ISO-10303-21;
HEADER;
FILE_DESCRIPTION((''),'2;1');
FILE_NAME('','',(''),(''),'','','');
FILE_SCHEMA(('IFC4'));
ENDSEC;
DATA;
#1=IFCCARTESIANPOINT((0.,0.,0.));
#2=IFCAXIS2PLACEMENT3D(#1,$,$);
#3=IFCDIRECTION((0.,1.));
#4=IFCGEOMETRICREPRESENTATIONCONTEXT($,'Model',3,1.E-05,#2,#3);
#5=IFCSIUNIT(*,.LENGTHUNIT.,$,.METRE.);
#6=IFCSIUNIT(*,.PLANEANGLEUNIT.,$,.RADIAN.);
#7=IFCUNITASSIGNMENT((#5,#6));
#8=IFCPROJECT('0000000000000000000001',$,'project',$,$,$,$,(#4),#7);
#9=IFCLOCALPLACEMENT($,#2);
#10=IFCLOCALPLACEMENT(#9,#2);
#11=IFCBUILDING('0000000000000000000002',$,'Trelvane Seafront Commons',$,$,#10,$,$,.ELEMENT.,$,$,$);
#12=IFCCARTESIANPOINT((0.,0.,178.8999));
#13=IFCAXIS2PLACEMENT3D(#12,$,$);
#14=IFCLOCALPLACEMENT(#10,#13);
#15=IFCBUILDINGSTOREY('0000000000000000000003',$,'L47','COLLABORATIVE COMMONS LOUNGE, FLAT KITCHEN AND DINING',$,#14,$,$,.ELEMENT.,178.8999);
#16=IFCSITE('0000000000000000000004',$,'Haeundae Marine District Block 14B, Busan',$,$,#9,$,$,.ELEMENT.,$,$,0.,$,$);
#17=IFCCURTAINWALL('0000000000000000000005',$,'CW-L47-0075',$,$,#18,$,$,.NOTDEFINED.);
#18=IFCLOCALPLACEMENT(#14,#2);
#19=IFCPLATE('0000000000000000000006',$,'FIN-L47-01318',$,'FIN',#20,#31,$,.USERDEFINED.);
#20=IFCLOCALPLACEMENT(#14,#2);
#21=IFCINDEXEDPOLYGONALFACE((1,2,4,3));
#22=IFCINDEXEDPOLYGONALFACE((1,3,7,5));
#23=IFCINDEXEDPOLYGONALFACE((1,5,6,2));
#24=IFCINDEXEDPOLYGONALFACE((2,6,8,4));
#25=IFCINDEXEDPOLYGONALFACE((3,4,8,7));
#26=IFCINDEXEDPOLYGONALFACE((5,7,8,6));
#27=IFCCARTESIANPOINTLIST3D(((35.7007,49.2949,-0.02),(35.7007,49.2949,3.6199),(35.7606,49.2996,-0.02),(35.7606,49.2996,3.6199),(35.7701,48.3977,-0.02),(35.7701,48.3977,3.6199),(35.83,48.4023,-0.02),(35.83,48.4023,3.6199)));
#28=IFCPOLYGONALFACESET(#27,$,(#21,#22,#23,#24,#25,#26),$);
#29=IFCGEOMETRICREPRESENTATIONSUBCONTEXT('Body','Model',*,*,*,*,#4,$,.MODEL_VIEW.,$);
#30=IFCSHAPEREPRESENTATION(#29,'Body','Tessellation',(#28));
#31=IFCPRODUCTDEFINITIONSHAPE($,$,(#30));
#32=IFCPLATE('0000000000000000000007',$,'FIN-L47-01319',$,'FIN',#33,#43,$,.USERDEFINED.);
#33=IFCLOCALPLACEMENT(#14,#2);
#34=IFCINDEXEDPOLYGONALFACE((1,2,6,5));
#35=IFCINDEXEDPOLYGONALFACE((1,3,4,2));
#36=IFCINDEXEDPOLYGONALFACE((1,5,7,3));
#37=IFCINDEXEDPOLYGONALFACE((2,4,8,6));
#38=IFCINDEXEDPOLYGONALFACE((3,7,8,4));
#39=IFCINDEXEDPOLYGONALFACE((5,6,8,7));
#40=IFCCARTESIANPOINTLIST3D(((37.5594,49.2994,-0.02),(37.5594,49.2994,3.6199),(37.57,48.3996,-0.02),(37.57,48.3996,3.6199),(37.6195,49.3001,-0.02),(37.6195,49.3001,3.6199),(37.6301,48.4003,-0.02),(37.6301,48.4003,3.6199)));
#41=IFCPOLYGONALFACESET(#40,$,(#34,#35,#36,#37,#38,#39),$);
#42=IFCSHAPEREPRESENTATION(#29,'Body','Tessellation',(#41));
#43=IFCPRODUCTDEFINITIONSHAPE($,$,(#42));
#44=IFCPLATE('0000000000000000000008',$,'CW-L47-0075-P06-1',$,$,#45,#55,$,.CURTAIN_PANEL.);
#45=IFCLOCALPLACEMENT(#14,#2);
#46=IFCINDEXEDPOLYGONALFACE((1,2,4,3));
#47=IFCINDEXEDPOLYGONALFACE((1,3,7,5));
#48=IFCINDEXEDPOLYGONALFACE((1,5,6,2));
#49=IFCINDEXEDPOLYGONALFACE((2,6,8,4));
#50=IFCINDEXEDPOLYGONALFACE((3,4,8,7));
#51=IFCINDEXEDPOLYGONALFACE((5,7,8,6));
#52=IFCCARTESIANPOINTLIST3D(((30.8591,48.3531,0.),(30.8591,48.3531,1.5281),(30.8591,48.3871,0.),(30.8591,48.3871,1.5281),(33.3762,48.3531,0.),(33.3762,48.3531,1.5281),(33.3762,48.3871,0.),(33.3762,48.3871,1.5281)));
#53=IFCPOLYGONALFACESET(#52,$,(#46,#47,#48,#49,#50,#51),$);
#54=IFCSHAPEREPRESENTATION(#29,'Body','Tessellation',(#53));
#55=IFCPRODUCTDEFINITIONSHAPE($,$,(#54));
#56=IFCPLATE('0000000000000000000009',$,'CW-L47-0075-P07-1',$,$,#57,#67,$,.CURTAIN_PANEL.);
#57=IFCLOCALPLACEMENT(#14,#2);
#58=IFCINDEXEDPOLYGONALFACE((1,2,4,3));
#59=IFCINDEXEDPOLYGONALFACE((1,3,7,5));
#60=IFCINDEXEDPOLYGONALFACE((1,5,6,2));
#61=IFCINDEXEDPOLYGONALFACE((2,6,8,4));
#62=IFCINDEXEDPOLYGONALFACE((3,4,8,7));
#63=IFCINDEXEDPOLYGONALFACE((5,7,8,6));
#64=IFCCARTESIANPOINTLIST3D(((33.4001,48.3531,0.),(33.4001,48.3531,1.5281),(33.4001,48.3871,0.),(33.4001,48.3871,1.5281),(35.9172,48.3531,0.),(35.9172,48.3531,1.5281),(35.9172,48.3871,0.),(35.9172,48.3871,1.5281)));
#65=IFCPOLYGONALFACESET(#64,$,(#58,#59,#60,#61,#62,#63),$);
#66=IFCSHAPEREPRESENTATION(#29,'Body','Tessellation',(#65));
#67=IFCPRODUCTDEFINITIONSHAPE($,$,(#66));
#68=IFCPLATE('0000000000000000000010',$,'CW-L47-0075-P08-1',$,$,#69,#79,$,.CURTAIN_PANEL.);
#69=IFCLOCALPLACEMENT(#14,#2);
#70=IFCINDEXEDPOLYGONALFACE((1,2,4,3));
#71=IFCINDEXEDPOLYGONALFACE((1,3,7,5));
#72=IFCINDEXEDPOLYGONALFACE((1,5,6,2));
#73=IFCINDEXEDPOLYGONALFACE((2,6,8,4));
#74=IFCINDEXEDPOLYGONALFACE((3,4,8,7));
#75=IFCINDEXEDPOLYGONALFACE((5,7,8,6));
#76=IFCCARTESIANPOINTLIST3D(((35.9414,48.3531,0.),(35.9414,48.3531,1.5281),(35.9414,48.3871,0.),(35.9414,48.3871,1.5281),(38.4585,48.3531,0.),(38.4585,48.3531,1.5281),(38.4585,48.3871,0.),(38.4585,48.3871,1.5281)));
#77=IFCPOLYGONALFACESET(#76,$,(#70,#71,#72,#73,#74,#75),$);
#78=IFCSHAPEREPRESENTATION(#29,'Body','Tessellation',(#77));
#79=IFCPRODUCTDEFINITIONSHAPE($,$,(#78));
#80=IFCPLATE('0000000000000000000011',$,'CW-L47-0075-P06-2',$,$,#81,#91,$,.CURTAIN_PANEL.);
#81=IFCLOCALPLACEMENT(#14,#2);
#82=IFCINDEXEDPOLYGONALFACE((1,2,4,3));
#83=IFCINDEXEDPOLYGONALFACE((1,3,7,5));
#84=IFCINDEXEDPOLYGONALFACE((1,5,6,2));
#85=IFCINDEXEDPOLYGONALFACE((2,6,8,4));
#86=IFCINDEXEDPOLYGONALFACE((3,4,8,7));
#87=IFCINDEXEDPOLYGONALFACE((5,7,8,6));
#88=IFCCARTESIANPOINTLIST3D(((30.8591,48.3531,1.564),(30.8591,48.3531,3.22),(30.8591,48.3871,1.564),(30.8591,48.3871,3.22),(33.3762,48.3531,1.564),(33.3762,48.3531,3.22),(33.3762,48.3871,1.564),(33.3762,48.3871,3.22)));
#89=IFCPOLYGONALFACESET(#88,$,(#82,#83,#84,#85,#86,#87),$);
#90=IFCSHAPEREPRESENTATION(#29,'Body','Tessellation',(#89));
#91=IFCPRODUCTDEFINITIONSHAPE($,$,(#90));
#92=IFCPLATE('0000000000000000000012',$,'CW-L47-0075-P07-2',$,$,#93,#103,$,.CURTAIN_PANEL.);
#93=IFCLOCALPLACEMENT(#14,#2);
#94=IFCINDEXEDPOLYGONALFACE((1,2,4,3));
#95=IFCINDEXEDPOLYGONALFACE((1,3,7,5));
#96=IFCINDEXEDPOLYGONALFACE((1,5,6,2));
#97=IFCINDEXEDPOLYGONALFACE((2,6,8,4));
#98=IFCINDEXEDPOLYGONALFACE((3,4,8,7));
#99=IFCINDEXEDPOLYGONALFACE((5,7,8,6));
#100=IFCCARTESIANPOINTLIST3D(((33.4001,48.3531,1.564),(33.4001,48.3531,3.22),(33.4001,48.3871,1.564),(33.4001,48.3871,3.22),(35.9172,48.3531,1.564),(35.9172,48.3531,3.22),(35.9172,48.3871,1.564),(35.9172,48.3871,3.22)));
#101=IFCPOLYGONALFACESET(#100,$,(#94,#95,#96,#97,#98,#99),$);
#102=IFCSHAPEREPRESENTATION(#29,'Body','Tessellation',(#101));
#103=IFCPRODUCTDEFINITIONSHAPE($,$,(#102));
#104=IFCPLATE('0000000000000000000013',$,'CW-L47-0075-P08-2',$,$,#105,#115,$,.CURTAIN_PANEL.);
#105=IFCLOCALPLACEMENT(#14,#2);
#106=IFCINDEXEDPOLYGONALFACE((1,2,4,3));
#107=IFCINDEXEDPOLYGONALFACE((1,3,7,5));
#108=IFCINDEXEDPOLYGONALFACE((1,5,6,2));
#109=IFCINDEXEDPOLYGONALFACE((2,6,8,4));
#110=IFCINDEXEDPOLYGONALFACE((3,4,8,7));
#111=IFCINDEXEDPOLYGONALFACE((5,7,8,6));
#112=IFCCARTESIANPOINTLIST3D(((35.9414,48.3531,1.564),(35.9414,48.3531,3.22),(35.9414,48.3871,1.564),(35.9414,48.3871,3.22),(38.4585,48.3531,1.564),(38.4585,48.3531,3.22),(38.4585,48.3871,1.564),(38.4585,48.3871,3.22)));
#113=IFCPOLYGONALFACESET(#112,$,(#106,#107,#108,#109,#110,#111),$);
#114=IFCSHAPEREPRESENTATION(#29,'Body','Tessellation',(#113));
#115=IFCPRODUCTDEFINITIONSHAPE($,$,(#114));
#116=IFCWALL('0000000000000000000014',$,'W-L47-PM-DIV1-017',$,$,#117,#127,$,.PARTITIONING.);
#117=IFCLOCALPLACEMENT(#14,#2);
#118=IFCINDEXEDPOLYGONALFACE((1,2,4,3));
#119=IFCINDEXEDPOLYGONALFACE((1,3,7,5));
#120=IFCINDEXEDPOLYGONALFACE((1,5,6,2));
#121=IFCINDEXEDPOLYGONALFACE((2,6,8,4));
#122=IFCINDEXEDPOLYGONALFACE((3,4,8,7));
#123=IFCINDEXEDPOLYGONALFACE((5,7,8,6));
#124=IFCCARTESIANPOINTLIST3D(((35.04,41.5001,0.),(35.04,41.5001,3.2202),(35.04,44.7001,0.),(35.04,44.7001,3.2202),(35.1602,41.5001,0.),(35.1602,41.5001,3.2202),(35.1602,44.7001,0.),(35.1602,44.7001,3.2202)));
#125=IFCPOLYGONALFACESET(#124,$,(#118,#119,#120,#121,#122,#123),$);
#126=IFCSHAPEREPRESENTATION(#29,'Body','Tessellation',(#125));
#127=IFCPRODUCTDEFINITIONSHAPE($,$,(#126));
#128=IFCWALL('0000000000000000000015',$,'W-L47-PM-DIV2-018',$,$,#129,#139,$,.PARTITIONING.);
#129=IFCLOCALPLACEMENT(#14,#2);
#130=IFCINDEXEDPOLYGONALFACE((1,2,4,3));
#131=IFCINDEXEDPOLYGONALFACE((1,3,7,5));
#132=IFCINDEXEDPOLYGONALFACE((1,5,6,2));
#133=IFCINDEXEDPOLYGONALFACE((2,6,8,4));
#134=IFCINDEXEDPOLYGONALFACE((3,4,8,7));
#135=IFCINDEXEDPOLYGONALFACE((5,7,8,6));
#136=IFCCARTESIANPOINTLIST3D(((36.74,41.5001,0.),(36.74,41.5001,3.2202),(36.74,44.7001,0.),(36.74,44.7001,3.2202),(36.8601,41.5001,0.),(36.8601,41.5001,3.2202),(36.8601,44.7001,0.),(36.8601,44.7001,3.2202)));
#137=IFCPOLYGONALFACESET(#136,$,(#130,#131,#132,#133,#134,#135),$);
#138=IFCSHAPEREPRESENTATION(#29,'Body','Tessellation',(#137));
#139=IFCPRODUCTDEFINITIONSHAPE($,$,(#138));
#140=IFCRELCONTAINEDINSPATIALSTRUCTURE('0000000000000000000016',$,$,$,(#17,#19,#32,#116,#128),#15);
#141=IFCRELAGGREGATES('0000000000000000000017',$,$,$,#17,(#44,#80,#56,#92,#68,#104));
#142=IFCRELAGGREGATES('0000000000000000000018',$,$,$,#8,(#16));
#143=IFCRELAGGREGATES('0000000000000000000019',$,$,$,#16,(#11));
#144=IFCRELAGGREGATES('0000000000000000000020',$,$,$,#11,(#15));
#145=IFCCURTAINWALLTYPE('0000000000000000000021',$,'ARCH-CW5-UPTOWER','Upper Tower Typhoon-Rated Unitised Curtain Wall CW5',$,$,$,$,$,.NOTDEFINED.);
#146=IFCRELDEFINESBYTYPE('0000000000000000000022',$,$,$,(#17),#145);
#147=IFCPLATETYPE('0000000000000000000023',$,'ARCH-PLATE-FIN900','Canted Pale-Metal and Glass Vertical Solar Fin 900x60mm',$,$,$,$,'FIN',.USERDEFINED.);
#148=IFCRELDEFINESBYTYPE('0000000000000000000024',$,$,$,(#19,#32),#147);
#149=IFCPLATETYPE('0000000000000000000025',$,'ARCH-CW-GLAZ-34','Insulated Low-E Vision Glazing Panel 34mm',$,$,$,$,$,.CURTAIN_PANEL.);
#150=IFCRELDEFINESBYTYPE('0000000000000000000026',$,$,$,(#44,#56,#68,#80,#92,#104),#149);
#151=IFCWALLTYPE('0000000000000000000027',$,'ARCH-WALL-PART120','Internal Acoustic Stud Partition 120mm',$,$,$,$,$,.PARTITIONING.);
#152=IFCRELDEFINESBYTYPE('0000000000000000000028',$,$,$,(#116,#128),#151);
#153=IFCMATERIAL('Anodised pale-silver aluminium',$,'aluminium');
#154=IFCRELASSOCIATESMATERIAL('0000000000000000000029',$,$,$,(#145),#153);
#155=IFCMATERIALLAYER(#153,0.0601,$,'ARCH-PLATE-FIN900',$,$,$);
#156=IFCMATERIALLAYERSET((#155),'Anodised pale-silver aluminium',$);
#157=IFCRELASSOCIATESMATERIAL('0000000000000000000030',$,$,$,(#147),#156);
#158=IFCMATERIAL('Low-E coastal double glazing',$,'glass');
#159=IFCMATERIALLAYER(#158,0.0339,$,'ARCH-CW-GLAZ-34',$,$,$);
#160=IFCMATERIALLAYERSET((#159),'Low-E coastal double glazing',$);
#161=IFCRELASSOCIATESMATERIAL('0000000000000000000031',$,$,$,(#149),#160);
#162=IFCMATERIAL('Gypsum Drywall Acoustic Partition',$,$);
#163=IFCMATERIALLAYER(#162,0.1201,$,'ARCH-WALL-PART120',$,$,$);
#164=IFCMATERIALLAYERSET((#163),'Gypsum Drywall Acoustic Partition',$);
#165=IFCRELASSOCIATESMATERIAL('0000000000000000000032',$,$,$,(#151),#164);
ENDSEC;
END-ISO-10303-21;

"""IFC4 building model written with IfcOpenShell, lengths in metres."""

from ifc_helpers import new_model, si_unit, direction, frame, frame_2d, origin, origin_2d, place, context, subcontext, project, spatial, rectangle, extrude, source, transform, mapped, material, layer, layer_set, type_object, element, aggregate, save


model = new_model("IFC4")

# Units and contexts
model_context = context("Model", 3, precision=1e-05, world=origin(), true_north=direction((0.0, 1.0)))
body_context = subcontext(model_context, "Body", "Model", "MODEL_VIEW")
ifc_project = project(units=[si_unit("LENGTHUNIT", "METRE"), si_unit("PLANEANGLEUNIT", "RADIAN")], contexts=[model_context])

# Site, building, storey
site_placement = place(None, origin())
site = spatial("IfcSite", under=ifc_project, at=site_placement, Name="Haeundae Marine District Block 14B, Busan", CompositionType="ELEMENT", RefElevation=0.0)
building_placement = place(site_placement, origin())
building = spatial("IfcBuilding", under=site, at=building_placement, Name="Trelvane Seafront Commons", CompositionType="ELEMENT")
storey_placement = place(building_placement, frame((0.0, 0.0, 178.8999)))
storey = spatial("IfcBuildingStorey", under=building, at=storey_placement, Name="L47", Description="COLLABORATIVE COMMONS LOUNGE, FLAT KITCHEN AND DINING", CompositionType="ELEMENT", Elevation=178.8999)

# Curtain wall
ifc_material_1 = material(Name="Anodised pale-silver aluminium", Category="aluminium")
curtain_wall_type = type_object("IfcCurtainWallType", Name="ARCH-CW5-UPTOWER", Description="Upper Tower Typhoon-Rated Unitised Curtain Wall CW5", PredefinedType="NOTDEFINED", material=ifc_material_1)
curtain_wall_placement = place(storey_placement, origin())
curtain_wall = element("IfcCurtainWall", 1, at=curtain_wall_placement, inside=storey, type_object=curtain_wall_type, Name="CW-L47-0075", PredefinedType="NOTDEFINED")

# Plates
ifc_layer_1 = layer(ifc_material_1, 0.0601, Name="ARCH-PLATE-FIN900")
ifc_layer_set_1 = layer_set([ifc_layer_1], Name="Anodised pale-silver aluminium")
plate_type_1 = type_object("IfcPlateType", Name="ARCH-PLATE-FIN900", Description="Canted Pale-Metal and Glass Vertical Solar Fin 900x60mm", ElementType="FIN", PredefinedType="USERDEFINED", material=ifc_layer_set_1)
shared_shape_1 = source(origin(), body_context, "Body", "SweptSolid", [
    extrude(rectangle(XDim=0.8999, YDim=0.0601, at=origin_2d()), origin(), (0.0, 0.0, 1.0), 3.6399),
])
for number, where, z_axis, x_axis, name in (
    (2, (35.7654, 48.8486, -0.02), (0.0, 0.0, 1.0), (-0.077112, 0.997022, 0.0), "FIN-L47-01318"),
    (3, (37.5947, 48.8499, -0.02), (0.0, 0.0, 1.0), (-0.011779, 0.999931, 0.0), "FIN-L47-01319"),
):
    element("IfcPlate", number, at=place(storey_placement, frame(where, z_axis=z_axis, x_axis=x_axis)), inside=storey, type_object=plate_type_1, Name=name, ObjectType="FIN", PredefinedType="USERDEFINED", context=body_context, shape_type="MappedRepresentation", body=[
        mapped(shared_shape_1, transform((0.0, 0.0, 0.0), x_axis=(1.0, 0.0, 0.0), y_axis=(0.0, 1.0, 0.0), z_axis=(0.0, 0.0, 1.0), scale=1.0)),
    ])

# Plates
ifc_material_2 = material(Name="Low-E coastal double glazing", Category="glass")
ifc_layer_2 = layer(ifc_material_2, 0.0339, Name="ARCH-CW-GLAZ-34")
ifc_layer_set_2 = layer_set([ifc_layer_2], Name="Low-E coastal double glazing")
plate_type_2 = type_object("IfcPlateType", Name="ARCH-CW-GLAZ-34", Description="Insulated Low-E Vision Glazing Panel 34mm", PredefinedType="CURTAIN_PANEL", material=ifc_layer_set_2)
shared_shape_2 = source(origin(), body_context, "Body", "SweptSolid", [
    extrude(rectangle(XDim=2.5171, YDim=0.0339, at=origin_2d()), origin(), (0.0, 0.0, 1.0), 1.5281),
])
plate_1_placement = place(storey_placement, frame((32.1177, 48.3701, 0.0), z_axis=(0.0, 0.0, 1.0), x_axis=(1.0, 0.0, 0.0)))
plate_1 = element("IfcPlate", 4, at=plate_1_placement, type_object=plate_type_2, Name="CW-L47-0075-P06-1", PredefinedType="CURTAIN_PANEL", context=body_context, shape_type="MappedRepresentation", body=[
    mapped(shared_shape_2, transform((0.0, 0.0, 0.0), x_axis=(1.0, 0.0, 0.0), y_axis=(0.0, 1.0, 0.0), z_axis=(0.0, 0.0, 1.0), scale=1.0)),
])
plate_2_placement = place(storey_placement, frame((34.6587, 48.3701, 0.0), z_axis=(0.0, 0.0, 1.0), x_axis=(1.0, 0.0, 0.0)))
plate_2 = element("IfcPlate", 5, at=plate_2_placement, type_object=plate_type_2, Name="CW-L47-0075-P07-1", PredefinedType="CURTAIN_PANEL", context=body_context, shape_type="MappedRepresentation", body=[
    mapped(shared_shape_2, transform((0.0, 0.0, 0.0), x_axis=(1.0, 0.0, 0.0), y_axis=(0.0, 1.0, 0.0), z_axis=(0.0, 0.0, 1.0), scale=1.0)),
])
plate_3_placement = place(storey_placement, frame((37.2, 48.3701, 0.0), z_axis=(0.0, 0.0, 1.0), x_axis=(1.0, 0.0, 0.0)))
plate_3 = element("IfcPlate", 6, at=plate_3_placement, type_object=plate_type_2, Name="CW-L47-0075-P08-1", PredefinedType="CURTAIN_PANEL", context=body_context, shape_type="MappedRepresentation", body=[
    mapped(shared_shape_2, transform((0.0, 0.0, 0.0), x_axis=(1.0, 0.0, 0.0), y_axis=(0.0, 1.0, 0.0), z_axis=(0.0, 0.0, 1.0), scale=1.0)),
])
shared_shape_3 = source(origin(), body_context, "Body", "SweptSolid", [
    extrude(rectangle(XDim=2.5171, YDim=0.0339, at=origin_2d()), origin(), (0.0, 0.0, 1.0), 1.656),
])
plate_4_placement = place(storey_placement, frame((32.1177, 48.3701, 1.564), z_axis=(0.0, 0.0, 1.0), x_axis=(1.0, 0.0, 0.0)))
plate_4 = element("IfcPlate", 7, at=plate_4_placement, type_object=plate_type_2, Name="CW-L47-0075-P06-2", PredefinedType="CURTAIN_PANEL", context=body_context, shape_type="MappedRepresentation", body=[
    mapped(shared_shape_3, transform((0.0, 0.0, 0.0), x_axis=(1.0, 0.0, 0.0), y_axis=(0.0, 1.0, 0.0), z_axis=(0.0, 0.0, 1.0), scale=1.0)),
])
plate_5_placement = place(storey_placement, frame((34.6587, 48.3701, 1.564), z_axis=(0.0, 0.0, 1.0), x_axis=(1.0, 0.0, 0.0)))
plate_5 = element("IfcPlate", 8, at=plate_5_placement, type_object=plate_type_2, Name="CW-L47-0075-P07-2", PredefinedType="CURTAIN_PANEL", context=body_context, shape_type="MappedRepresentation", body=[
    mapped(shared_shape_3, transform((0.0, 0.0, 0.0), x_axis=(1.0, 0.0, 0.0), y_axis=(0.0, 1.0, 0.0), z_axis=(0.0, 0.0, 1.0), scale=1.0)),
])
plate_6_placement = place(storey_placement, frame((37.2, 48.3701, 1.564), z_axis=(0.0, 0.0, 1.0), x_axis=(1.0, 0.0, 0.0)))
plate_6 = element("IfcPlate", 9, at=plate_6_placement, type_object=plate_type_2, Name="CW-L47-0075-P08-2", PredefinedType="CURTAIN_PANEL", context=body_context, shape_type="MappedRepresentation", body=[
    mapped(shared_shape_3, transform((0.0, 0.0, 0.0), x_axis=(1.0, 0.0, 0.0), y_axis=(0.0, 1.0, 0.0), z_axis=(0.0, 0.0, 1.0), scale=1.0)),
])
aggregate(curtain_wall, [plate_1, plate_4, plate_2, plate_5, plate_3, plate_6])

# Walls
ifc_material_3 = material(Name="Gypsum Drywall Acoustic Partition")
ifc_layer_3 = layer(ifc_material_3, 0.1201, Name="ARCH-WALL-PART120")
ifc_layer_set_3 = layer_set([ifc_layer_3], Name="Gypsum Drywall Acoustic Partition")
wall_type_1 = type_object("IfcWallType", Name="ARCH-WALL-PART120", Description="Internal Acoustic Stud Partition 120mm", PredefinedType="PARTITIONING", material=ifc_layer_set_3)
for number, where, z_axis, x_axis, name in (
    (10, (35.1001, 41.5, 0.0), (0.0, 0.0, 1.0), (0.0, 1.0, 0.0), "W-L47-PM-DIV1-017"),
    (11, (36.8, 41.5, 0.0), (0.0, 0.0, 1.0), (0.0, 1.0, 0.0), "W-L47-PM-DIV2-018"),
):
    element("IfcWall", number, at=place(storey_placement, frame(where, z_axis=z_axis, x_axis=x_axis)), inside=storey, type_object=wall_type_1, Name=name, PredefinedType="PARTITIONING", context=body_context, shape_type="SweptSolid", body=[
        extrude(rectangle(XDim=3.2, YDim=0.1201, at=frame_2d((1.6001, 0.0))), origin(), (0.0, 0.0, 1.0), 3.2202),
    ])

save(model, "model.ifc")
